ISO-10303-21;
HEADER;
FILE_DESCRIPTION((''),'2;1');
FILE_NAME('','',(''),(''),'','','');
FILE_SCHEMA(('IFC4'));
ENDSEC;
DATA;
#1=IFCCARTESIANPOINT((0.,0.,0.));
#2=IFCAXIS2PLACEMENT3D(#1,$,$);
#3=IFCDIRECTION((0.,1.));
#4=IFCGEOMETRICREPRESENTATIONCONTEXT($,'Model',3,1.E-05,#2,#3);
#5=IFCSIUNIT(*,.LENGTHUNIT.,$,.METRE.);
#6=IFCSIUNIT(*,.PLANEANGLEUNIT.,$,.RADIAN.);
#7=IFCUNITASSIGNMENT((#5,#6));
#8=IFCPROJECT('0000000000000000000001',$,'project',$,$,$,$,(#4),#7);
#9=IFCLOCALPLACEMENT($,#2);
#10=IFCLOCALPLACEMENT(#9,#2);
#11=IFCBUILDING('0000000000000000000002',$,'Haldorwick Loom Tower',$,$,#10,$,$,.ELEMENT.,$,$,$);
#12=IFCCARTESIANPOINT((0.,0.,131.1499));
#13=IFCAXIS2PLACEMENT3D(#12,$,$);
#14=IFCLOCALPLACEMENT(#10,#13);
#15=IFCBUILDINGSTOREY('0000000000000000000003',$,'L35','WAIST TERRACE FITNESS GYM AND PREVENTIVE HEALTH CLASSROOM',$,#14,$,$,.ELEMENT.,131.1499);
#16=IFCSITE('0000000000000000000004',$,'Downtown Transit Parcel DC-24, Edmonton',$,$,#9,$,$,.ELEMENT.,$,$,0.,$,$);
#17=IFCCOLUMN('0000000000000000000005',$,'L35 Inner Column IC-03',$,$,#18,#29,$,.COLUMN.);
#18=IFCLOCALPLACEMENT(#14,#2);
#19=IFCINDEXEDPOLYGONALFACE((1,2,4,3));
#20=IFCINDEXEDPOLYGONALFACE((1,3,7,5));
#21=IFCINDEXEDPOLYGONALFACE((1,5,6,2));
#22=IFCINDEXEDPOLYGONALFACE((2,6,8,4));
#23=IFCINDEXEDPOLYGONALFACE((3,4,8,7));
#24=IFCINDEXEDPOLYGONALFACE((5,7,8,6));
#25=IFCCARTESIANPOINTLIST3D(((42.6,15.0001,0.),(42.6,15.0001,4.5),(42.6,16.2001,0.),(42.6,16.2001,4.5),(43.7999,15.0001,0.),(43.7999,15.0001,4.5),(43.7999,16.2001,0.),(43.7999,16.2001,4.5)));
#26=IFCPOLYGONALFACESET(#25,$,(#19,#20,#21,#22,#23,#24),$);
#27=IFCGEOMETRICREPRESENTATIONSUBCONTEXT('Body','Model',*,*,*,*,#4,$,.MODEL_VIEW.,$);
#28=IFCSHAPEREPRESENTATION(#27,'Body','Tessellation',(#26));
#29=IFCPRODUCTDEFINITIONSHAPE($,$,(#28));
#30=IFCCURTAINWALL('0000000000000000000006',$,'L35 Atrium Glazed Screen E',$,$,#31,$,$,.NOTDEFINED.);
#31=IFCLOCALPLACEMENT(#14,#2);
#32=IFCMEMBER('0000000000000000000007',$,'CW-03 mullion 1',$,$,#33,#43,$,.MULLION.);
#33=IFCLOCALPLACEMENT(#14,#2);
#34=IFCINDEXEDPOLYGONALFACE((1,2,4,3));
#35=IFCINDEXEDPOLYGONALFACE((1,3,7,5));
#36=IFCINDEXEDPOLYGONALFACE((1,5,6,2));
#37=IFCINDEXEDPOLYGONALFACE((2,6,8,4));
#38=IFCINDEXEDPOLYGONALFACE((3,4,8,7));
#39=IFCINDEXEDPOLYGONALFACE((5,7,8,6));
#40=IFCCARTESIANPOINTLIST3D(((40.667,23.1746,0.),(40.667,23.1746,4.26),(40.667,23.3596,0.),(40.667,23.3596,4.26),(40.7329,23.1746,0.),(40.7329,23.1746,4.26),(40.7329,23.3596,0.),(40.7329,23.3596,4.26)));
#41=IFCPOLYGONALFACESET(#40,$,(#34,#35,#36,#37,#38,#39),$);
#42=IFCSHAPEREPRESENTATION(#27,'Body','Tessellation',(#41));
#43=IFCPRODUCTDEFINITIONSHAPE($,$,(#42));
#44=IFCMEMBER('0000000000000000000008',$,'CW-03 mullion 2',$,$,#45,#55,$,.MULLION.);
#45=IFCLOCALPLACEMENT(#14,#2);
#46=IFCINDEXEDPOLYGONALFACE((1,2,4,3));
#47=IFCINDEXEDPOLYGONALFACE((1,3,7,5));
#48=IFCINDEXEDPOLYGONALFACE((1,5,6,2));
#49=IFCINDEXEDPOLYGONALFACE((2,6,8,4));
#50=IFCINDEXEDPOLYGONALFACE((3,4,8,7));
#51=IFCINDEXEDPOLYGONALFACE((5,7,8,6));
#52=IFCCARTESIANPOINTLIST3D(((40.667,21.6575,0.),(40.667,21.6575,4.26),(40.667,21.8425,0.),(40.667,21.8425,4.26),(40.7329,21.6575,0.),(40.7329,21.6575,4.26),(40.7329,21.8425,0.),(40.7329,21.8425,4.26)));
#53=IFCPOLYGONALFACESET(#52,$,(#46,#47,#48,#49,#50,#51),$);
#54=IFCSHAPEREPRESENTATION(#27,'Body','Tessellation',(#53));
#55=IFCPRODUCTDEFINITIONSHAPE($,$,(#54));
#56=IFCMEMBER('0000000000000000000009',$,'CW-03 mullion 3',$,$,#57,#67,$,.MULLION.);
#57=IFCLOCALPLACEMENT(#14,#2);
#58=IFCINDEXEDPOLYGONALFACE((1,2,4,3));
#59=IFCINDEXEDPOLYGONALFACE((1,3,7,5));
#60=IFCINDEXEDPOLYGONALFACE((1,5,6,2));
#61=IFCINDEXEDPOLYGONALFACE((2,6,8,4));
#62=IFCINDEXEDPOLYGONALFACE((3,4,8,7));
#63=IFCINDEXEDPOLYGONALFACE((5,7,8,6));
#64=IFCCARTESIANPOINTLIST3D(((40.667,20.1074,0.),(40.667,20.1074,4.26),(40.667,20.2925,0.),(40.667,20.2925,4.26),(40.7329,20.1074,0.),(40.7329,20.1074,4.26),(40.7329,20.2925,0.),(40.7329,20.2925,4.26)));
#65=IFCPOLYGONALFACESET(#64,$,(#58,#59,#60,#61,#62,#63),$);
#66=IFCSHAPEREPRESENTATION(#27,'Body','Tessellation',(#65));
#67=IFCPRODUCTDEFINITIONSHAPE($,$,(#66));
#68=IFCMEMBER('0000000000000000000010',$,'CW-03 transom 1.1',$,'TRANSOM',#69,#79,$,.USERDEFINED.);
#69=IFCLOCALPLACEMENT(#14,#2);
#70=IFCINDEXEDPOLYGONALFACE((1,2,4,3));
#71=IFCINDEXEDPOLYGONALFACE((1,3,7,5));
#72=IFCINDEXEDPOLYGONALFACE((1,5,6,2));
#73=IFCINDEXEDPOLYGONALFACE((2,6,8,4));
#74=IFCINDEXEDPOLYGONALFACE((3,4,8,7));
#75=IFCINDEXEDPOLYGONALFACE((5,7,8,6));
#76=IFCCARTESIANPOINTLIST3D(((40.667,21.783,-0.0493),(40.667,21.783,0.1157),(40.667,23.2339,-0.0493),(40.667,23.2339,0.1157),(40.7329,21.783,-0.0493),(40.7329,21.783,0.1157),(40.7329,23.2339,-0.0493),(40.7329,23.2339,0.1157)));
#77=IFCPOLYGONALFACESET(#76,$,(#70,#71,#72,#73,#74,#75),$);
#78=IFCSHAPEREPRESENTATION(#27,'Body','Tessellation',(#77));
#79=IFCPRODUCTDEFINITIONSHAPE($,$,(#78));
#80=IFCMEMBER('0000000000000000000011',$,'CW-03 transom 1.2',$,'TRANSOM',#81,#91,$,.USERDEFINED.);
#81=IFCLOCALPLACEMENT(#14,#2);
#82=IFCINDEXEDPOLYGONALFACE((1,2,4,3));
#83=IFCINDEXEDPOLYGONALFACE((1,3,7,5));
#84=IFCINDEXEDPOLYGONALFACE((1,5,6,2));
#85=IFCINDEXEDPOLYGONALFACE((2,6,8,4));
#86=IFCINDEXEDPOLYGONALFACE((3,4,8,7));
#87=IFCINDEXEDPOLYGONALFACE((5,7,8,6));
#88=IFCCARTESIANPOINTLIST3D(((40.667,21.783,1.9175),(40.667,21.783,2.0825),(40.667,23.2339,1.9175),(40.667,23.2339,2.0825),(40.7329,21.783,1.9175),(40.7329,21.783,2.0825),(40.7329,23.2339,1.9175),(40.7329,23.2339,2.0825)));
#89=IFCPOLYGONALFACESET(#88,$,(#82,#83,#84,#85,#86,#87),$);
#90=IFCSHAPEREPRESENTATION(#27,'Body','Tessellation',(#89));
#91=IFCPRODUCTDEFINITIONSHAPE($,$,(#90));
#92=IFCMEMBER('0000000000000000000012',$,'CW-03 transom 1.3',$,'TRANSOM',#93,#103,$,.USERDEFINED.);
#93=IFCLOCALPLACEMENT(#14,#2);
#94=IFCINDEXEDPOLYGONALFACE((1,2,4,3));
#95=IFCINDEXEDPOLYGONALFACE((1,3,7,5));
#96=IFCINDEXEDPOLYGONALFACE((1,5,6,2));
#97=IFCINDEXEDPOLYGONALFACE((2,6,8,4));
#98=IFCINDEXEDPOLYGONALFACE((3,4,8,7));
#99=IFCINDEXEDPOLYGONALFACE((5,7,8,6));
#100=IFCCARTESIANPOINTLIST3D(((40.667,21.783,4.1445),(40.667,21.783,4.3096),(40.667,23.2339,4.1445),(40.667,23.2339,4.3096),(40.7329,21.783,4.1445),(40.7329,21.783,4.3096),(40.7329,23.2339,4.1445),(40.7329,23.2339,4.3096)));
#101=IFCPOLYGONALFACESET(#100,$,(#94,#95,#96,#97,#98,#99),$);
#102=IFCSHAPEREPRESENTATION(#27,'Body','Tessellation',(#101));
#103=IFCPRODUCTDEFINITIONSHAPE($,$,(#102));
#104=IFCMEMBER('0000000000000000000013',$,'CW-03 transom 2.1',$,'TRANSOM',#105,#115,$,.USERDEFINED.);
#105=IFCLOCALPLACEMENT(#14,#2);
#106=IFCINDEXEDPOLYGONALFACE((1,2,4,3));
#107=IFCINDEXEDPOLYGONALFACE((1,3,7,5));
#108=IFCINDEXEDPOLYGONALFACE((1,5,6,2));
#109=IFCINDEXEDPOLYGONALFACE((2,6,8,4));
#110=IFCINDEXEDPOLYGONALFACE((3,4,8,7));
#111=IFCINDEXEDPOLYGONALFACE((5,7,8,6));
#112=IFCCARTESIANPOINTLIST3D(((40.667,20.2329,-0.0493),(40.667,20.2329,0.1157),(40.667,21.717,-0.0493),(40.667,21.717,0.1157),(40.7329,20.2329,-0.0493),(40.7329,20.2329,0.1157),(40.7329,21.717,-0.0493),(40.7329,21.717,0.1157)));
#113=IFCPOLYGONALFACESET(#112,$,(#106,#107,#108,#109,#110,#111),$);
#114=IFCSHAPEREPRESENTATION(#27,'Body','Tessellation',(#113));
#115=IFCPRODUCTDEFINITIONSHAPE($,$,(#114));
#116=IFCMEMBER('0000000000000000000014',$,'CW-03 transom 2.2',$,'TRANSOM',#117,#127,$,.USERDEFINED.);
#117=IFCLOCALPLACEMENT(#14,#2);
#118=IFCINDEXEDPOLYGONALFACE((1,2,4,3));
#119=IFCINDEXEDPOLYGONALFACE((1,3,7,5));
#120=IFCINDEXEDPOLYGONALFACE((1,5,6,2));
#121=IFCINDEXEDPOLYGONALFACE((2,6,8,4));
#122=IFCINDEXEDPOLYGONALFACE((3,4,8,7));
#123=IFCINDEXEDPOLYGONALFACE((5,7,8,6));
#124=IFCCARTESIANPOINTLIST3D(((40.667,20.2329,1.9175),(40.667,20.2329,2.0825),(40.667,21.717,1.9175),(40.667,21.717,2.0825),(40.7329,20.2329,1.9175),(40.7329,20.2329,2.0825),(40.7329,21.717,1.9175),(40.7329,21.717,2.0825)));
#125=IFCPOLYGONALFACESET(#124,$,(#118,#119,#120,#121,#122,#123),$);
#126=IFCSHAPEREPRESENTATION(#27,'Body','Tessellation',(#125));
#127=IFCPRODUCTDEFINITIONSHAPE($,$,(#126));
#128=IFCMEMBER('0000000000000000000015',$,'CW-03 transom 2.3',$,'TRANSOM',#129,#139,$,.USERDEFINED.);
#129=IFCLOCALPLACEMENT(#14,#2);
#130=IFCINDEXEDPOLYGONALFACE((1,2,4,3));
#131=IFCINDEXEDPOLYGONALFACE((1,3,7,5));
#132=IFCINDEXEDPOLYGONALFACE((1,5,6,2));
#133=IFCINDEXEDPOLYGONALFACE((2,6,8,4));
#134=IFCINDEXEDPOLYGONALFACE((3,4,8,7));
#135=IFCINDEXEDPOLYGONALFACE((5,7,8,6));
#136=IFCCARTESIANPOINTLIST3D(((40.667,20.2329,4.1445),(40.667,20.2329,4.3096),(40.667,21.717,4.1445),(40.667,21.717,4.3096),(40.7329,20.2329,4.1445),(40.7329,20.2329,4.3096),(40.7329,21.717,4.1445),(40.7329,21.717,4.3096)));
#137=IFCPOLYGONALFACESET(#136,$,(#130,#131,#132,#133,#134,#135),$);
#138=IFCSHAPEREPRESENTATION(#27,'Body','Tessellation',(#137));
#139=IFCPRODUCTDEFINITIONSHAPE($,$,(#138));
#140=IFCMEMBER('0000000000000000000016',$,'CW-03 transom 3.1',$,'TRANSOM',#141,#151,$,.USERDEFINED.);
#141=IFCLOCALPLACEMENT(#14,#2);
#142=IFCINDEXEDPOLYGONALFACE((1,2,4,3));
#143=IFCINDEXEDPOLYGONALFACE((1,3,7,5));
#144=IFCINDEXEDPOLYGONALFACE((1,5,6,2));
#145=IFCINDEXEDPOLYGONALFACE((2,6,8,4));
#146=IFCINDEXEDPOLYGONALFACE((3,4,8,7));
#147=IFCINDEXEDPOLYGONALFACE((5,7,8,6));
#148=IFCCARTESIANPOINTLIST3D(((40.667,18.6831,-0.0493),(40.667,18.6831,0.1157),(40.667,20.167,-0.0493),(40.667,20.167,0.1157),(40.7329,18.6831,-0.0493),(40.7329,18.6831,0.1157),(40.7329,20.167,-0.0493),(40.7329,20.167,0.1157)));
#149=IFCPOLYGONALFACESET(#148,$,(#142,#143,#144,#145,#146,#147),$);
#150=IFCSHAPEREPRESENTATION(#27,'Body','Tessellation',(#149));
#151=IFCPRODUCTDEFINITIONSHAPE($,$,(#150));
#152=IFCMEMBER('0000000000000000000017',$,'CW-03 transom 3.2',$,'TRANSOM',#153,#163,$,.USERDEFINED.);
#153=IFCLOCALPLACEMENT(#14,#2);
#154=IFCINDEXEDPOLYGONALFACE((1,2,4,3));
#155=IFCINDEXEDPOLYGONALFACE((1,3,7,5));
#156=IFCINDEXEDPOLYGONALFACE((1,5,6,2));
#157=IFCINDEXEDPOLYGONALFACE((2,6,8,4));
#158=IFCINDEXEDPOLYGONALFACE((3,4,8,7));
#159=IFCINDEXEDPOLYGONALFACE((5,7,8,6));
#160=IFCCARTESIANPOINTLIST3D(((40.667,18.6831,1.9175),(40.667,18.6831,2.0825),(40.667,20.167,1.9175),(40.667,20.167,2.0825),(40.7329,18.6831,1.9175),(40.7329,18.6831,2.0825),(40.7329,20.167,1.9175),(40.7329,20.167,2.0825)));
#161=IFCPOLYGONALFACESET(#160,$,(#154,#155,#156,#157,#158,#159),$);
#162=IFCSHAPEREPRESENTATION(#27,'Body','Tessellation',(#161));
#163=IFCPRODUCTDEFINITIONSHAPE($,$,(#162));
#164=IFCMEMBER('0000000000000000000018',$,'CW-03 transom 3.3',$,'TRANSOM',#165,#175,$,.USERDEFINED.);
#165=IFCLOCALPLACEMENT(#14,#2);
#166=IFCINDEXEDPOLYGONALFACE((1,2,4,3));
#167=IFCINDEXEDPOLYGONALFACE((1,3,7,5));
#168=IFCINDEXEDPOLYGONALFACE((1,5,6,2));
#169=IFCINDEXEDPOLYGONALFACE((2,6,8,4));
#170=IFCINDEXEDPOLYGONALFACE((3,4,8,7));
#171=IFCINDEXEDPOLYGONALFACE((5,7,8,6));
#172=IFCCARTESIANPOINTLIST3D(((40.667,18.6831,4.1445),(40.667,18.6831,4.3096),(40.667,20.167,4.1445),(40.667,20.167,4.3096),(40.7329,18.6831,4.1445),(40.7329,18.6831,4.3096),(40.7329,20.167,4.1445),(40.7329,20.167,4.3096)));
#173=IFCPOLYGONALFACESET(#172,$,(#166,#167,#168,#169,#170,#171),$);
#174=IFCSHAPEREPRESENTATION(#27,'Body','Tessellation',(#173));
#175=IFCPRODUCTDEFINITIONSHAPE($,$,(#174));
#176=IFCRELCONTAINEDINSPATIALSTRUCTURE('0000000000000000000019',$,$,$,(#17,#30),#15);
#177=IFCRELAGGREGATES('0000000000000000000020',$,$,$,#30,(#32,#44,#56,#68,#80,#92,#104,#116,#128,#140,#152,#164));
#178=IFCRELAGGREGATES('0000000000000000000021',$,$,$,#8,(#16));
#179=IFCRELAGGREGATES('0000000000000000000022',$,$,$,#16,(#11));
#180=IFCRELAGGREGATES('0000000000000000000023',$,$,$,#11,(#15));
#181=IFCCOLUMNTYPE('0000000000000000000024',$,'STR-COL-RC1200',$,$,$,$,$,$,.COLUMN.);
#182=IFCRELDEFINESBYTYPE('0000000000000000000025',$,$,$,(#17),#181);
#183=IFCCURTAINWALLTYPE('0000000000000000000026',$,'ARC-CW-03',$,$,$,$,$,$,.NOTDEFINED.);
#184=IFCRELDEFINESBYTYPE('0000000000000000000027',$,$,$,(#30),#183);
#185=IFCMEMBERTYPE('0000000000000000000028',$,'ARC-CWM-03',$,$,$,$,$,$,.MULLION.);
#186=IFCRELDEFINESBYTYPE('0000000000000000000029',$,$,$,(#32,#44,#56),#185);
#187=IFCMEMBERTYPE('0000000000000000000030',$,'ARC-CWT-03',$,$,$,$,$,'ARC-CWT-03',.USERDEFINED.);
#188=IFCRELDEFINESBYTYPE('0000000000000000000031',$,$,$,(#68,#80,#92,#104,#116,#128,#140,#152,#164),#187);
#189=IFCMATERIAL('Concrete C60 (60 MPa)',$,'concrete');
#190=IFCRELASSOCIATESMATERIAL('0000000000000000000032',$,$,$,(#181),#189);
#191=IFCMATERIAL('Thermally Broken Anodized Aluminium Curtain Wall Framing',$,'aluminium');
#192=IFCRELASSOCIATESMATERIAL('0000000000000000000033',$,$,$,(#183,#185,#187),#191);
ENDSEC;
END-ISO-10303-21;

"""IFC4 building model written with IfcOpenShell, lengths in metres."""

from ifc_helpers import new_model, si_unit, direction, frame, origin, origin_2d, place, context, subcontext, project, spatial, rectangle, extrude, material, material_profile, profile_set, type_object, element, aggregate, save


model = new_model("IFC4")

# Units and contexts
model_context = context("Model", 3, precision=1e-05, world=origin(), true_north=direction((0.0, 1.0)))
body_context = subcontext(model_context, "Body", "Model", "MODEL_VIEW")
ifc_project = project(units=[si_unit("LENGTHUNIT", "METRE"), si_unit("PLANEANGLEUNIT", "RADIAN")], contexts=[model_context])

# Site, building, storey
site_placement = place(None, origin())
site = spatial("IfcSite", under=ifc_project, at=site_placement, Name="Downtown Transit Parcel DC-24, Edmonton", CompositionType="ELEMENT", RefElevation=0.0)
building_placement = place(site_placement, origin())
building = spatial("IfcBuilding", under=site, at=building_placement, Name="Haldorwick Loom Tower", CompositionType="ELEMENT")
storey_placement = place(building_placement, frame((0.0, 0.0, 131.1499)))
storey = spatial("IfcBuildingStorey", under=building, at=storey_placement, Name="L35", Description="WAIST TERRACE FITNESS GYM AND PREVENTIVE HEALTH CLASSROOM", CompositionType="ELEMENT", Elevation=131.1499)

# Column
ifc_material_1 = material(Name="Concrete C60 (60 MPa)", Category="concrete")
ifc_material_profile_1 = material_profile(ifc_material_1, rectangle(XDim=1.2, YDim=1.2, at=origin_2d()), Name="RC1200X1200", Category="concrete")
ifc_profile_set_1 = profile_set([ifc_material_profile_1], Name="Concrete C60 (60 MPa)")
column_type = type_object("IfcColumnType", Name="STR-COL-RC1200", PredefinedType="COLUMN", material=ifc_profile_set_1)
column_placement = place(storey_placement, frame((43.2, 15.6001, 0.0), z_axis=(0.0, 0.0, 1.0), x_axis=(1.0, 0.0, 0.0)))
element("IfcColumn", 1, at=column_placement, inside=storey, type_object=column_type, Name="L35 Inner Column IC-03", PredefinedType="COLUMN", context=body_context, shape_type="SweptSolid", body=[
    extrude(rectangle(XDim=1.2, YDim=1.2, at=origin_2d()), origin(), (0.0, 0.0, 1.0), 4.5),
])

# Curtain wall, members
ifc_material_2 = material(Name="Thermally Broken Anodized Aluminium Curtain Wall Framing", Category="aluminium")
curtain_wall_type = type_object("IfcCurtainWallType", Name="ARC-CW-03", PredefinedType="NOTDEFINED", material=ifc_material_2)
curtain_wall_placement = place(storey_placement, origin())
curtain_wall = element("IfcCurtainWall", 2, at=curtain_wall_placement, inside=storey, type_object=curtain_wall_type, Name="L35 Atrium Glazed Screen E", PredefinedType="NOTDEFINED")
ifc_material_profile_2 = material_profile(ifc_material_2, rectangle(XDim=0.0659, YDim=0.1851, at=origin_2d()), Name="ALU_MUL_66X185", Category="aluminium")
ifc_profile_set_2 = profile_set([ifc_material_profile_2], Name="Thermally Broken Anodized Aluminium Curtain Wall Framing")
member_type_1 = type_object("IfcMemberType", Name="ARC-CWM-03", PredefinedType="MULLION", material=ifc_profile_set_2)
member_1_placement = place(storey_placement, frame((40.7, 23.2671, 0.0), z_axis=(0.0, 0.0, 1.0), x_axis=(1.0, 0.0, 0.0)))
member_1 = element("IfcMember", 3, at=member_1_placement, type_object=member_type_1, Name="CW-03 mullion 1", PredefinedType="MULLION", context=body_context, shape_type="SweptSolid", body=[
    extrude(rectangle(XDim=0.0659, YDim=0.1851, at=origin_2d()), origin(), (0.0, 0.0, 1.0), 4.26),
])
member_2_placement = place(storey_placement, frame((40.7, 21.75, 0.0), z_axis=(0.0, 0.0, 1.0), x_axis=(1.0, 0.0, 0.0)))
member_2 = element("IfcMember", 4, at=member_2_placement, type_object=member_type_1, Name="CW-03 mullion 2", PredefinedType="MULLION", context=body_context, shape_type="SweptSolid", body=[
    extrude(rectangle(XDim=0.0659, YDim=0.1851, at=origin_2d()), origin(), (0.0, 0.0, 1.0), 4.26),
])
member_3_placement = place(storey_placement, frame((40.7, 20.2, 0.0), z_axis=(0.0, 0.0, 1.0), x_axis=(1.0, 0.0, 0.0)))
member_3 = element("IfcMember", 5, at=member_3_placement, type_object=member_type_1, Name="CW-03 mullion 3", PredefinedType="MULLION", context=body_context, shape_type="SweptSolid", body=[
    extrude(rectangle(XDim=0.0659, YDim=0.1851, at=origin_2d()), origin(), (0.0, 0.0, 1.0), 4.26),
])
ifc_material_profile_3 = material_profile(ifc_material_2, rectangle(XDim=0.0659, YDim=0.165, at=origin_2d()), Name="ALU_TRN_66X165", Category="aluminium")
ifc_profile_set_3 = profile_set([ifc_material_profile_3], Name="Thermally Broken Anodized Aluminium Curtain Wall Framing")
member_type_2 = type_object("IfcMemberType", Name="ARC-CWT-03", ElementType="ARC-CWT-03", PredefinedType="USERDEFINED", material=ifc_profile_set_3)
member_4_placement = place(storey_placement, frame((40.7, 23.2339, 0.0332), z_axis=(0.0, -1.0, 0.0), x_axis=(1.0, 0.0, 0.0)))
member_4 = element("IfcMember", 6, at=member_4_placement, type_object=member_type_2, Name="CW-03 transom 1.1", ObjectType="TRANSOM", PredefinedType="USERDEFINED", context=body_context, shape_type="SweptSolid", body=[
    extrude(rectangle(XDim=0.0659, YDim=0.165, at=origin_2d()), origin(), (0.0, 0.0, 1.0), 1.4509),
])
member_5_placement = place(storey_placement, frame((40.7, 23.2339, 2.0), z_axis=(0.0, -1.0, 0.0), x_axis=(1.0, 0.0, 0.0)))
member_5 = element("IfcMember", 7, at=member_5_placement, type_object=member_type_2, Name="CW-03 transom 1.2", ObjectType="TRANSOM", PredefinedType="USERDEFINED", context=body_context, shape_type="SweptSolid", body=[
    extrude(rectangle(XDim=0.0659, YDim=0.165, at=origin_2d()), origin(), (0.0, 0.0, 1.0), 1.4509),
])
member_6_placement = place(storey_placement, frame((40.7, 23.2339, 4.2271), z_axis=(0.0, -1.0, 0.0), x_axis=(1.0, 0.0, 0.0)))
member_6 = element("IfcMember", 8, at=member_6_placement, type_object=member_type_2, Name="CW-03 transom 1.3", ObjectType="TRANSOM", PredefinedType="USERDEFINED", context=body_context, shape_type="SweptSolid", body=[
    extrude(rectangle(XDim=0.0659, YDim=0.165, at=origin_2d()), origin(), (0.0, 0.0, 1.0), 1.4509),
])
member_7_placement = place(storey_placement, frame((40.7, 21.717, 0.0332), z_axis=(0.0, -1.0, 0.0), x_axis=(1.0, 0.0, 0.0)))
member_7 = element("IfcMember", 9, at=member_7_placement, type_object=member_type_2, Name="CW-03 transom 2.1", ObjectType="TRANSOM", PredefinedType="USERDEFINED", context=body_context, shape_type="SweptSolid", body=[
    extrude(rectangle(XDim=0.0659, YDim=0.165, at=origin_2d()), origin(), (0.0, 0.0, 1.0), 1.4841),
])
member_8_placement = place(storey_placement, frame((40.7, 21.717, 2.0), z_axis=(0.0, -1.0, 0.0), x_axis=(1.0, 0.0, 0.0)))
member_8 = element("IfcMember", 10, at=member_8_placement, type_object=member_type_2, Name="CW-03 transom 2.2", ObjectType="TRANSOM", PredefinedType="USERDEFINED", context=body_context, shape_type="SweptSolid", body=[
    extrude(rectangle(XDim=0.0659, YDim=0.165, at=origin_2d()), origin(), (0.0, 0.0, 1.0), 1.4841),
])
member_9_placement = place(storey_placement, frame((40.7, 21.717, 4.2271), z_axis=(0.0, -1.0, 0.0), x_axis=(1.0, 0.0, 0.0)))
member_9 = element("IfcMember", 11, at=member_9_placement, type_object=member_type_2, Name="CW-03 transom 2.3", ObjectType="TRANSOM", PredefinedType="USERDEFINED", context=body_context, shape_type="SweptSolid", body=[
    extrude(rectangle(XDim=0.0659, YDim=0.165, at=origin_2d()), origin(), (0.0, 0.0, 1.0), 1.4841),
])
member_10_placement = place(storey_placement, frame((40.7, 20.167, 0.0332), z_axis=(0.0, -1.0, 0.0), x_axis=(1.0, 0.0, 0.0)))
member_10 = element("IfcMember", 12, at=member_10_placement, type_object=member_type_2, Name="CW-03 transom 3.1", ObjectType="TRANSOM", PredefinedType="USERDEFINED", context=body_context, shape_type="SweptSolid", body=[
    extrude(rectangle(XDim=0.0659, YDim=0.165, at=origin_2d()), origin(), (0.0, 0.0, 1.0), 1.4839),
])
member_11_placement = place(storey_placement, frame((40.7, 20.167, 2.0), z_axis=(0.0, -1.0, 0.0), x_axis=(1.0, 0.0, 0.0)))
member_11 = element("IfcMember", 13, at=member_11_placement, type_object=member_type_2, Name="CW-03 transom 3.2", ObjectType="TRANSOM", PredefinedType="USERDEFINED", context=body_context, shape_type="SweptSolid", body=[
    extrude(rectangle(XDim=0.0659, YDim=0.165, at=origin_2d()), origin(), (0.0, 0.0, 1.0), 1.4839),
])
member_12_placement = place(storey_placement, frame((40.7, 20.167, 4.2271), z_axis=(0.0, -1.0, 0.0), x_axis=(1.0, 0.0, 0.0)))
member_12 = element("IfcMember", 14, at=member_12_placement, type_object=member_type_2, Name="CW-03 transom 3.3", ObjectType="TRANSOM", PredefinedType="USERDEFINED", context=body_context, shape_type="SweptSolid", body=[
    extrude(rectangle(XDim=0.0659, YDim=0.165, at=origin_2d()), origin(), (0.0, 0.0, 1.0), 1.4839),
])

aggregate(curtain_wall, [member_1, member_2, member_3, member_4, member_5, member_6, member_7, member_8, member_9, member_10, member_11, member_12])

save(model, "model.ifc")
